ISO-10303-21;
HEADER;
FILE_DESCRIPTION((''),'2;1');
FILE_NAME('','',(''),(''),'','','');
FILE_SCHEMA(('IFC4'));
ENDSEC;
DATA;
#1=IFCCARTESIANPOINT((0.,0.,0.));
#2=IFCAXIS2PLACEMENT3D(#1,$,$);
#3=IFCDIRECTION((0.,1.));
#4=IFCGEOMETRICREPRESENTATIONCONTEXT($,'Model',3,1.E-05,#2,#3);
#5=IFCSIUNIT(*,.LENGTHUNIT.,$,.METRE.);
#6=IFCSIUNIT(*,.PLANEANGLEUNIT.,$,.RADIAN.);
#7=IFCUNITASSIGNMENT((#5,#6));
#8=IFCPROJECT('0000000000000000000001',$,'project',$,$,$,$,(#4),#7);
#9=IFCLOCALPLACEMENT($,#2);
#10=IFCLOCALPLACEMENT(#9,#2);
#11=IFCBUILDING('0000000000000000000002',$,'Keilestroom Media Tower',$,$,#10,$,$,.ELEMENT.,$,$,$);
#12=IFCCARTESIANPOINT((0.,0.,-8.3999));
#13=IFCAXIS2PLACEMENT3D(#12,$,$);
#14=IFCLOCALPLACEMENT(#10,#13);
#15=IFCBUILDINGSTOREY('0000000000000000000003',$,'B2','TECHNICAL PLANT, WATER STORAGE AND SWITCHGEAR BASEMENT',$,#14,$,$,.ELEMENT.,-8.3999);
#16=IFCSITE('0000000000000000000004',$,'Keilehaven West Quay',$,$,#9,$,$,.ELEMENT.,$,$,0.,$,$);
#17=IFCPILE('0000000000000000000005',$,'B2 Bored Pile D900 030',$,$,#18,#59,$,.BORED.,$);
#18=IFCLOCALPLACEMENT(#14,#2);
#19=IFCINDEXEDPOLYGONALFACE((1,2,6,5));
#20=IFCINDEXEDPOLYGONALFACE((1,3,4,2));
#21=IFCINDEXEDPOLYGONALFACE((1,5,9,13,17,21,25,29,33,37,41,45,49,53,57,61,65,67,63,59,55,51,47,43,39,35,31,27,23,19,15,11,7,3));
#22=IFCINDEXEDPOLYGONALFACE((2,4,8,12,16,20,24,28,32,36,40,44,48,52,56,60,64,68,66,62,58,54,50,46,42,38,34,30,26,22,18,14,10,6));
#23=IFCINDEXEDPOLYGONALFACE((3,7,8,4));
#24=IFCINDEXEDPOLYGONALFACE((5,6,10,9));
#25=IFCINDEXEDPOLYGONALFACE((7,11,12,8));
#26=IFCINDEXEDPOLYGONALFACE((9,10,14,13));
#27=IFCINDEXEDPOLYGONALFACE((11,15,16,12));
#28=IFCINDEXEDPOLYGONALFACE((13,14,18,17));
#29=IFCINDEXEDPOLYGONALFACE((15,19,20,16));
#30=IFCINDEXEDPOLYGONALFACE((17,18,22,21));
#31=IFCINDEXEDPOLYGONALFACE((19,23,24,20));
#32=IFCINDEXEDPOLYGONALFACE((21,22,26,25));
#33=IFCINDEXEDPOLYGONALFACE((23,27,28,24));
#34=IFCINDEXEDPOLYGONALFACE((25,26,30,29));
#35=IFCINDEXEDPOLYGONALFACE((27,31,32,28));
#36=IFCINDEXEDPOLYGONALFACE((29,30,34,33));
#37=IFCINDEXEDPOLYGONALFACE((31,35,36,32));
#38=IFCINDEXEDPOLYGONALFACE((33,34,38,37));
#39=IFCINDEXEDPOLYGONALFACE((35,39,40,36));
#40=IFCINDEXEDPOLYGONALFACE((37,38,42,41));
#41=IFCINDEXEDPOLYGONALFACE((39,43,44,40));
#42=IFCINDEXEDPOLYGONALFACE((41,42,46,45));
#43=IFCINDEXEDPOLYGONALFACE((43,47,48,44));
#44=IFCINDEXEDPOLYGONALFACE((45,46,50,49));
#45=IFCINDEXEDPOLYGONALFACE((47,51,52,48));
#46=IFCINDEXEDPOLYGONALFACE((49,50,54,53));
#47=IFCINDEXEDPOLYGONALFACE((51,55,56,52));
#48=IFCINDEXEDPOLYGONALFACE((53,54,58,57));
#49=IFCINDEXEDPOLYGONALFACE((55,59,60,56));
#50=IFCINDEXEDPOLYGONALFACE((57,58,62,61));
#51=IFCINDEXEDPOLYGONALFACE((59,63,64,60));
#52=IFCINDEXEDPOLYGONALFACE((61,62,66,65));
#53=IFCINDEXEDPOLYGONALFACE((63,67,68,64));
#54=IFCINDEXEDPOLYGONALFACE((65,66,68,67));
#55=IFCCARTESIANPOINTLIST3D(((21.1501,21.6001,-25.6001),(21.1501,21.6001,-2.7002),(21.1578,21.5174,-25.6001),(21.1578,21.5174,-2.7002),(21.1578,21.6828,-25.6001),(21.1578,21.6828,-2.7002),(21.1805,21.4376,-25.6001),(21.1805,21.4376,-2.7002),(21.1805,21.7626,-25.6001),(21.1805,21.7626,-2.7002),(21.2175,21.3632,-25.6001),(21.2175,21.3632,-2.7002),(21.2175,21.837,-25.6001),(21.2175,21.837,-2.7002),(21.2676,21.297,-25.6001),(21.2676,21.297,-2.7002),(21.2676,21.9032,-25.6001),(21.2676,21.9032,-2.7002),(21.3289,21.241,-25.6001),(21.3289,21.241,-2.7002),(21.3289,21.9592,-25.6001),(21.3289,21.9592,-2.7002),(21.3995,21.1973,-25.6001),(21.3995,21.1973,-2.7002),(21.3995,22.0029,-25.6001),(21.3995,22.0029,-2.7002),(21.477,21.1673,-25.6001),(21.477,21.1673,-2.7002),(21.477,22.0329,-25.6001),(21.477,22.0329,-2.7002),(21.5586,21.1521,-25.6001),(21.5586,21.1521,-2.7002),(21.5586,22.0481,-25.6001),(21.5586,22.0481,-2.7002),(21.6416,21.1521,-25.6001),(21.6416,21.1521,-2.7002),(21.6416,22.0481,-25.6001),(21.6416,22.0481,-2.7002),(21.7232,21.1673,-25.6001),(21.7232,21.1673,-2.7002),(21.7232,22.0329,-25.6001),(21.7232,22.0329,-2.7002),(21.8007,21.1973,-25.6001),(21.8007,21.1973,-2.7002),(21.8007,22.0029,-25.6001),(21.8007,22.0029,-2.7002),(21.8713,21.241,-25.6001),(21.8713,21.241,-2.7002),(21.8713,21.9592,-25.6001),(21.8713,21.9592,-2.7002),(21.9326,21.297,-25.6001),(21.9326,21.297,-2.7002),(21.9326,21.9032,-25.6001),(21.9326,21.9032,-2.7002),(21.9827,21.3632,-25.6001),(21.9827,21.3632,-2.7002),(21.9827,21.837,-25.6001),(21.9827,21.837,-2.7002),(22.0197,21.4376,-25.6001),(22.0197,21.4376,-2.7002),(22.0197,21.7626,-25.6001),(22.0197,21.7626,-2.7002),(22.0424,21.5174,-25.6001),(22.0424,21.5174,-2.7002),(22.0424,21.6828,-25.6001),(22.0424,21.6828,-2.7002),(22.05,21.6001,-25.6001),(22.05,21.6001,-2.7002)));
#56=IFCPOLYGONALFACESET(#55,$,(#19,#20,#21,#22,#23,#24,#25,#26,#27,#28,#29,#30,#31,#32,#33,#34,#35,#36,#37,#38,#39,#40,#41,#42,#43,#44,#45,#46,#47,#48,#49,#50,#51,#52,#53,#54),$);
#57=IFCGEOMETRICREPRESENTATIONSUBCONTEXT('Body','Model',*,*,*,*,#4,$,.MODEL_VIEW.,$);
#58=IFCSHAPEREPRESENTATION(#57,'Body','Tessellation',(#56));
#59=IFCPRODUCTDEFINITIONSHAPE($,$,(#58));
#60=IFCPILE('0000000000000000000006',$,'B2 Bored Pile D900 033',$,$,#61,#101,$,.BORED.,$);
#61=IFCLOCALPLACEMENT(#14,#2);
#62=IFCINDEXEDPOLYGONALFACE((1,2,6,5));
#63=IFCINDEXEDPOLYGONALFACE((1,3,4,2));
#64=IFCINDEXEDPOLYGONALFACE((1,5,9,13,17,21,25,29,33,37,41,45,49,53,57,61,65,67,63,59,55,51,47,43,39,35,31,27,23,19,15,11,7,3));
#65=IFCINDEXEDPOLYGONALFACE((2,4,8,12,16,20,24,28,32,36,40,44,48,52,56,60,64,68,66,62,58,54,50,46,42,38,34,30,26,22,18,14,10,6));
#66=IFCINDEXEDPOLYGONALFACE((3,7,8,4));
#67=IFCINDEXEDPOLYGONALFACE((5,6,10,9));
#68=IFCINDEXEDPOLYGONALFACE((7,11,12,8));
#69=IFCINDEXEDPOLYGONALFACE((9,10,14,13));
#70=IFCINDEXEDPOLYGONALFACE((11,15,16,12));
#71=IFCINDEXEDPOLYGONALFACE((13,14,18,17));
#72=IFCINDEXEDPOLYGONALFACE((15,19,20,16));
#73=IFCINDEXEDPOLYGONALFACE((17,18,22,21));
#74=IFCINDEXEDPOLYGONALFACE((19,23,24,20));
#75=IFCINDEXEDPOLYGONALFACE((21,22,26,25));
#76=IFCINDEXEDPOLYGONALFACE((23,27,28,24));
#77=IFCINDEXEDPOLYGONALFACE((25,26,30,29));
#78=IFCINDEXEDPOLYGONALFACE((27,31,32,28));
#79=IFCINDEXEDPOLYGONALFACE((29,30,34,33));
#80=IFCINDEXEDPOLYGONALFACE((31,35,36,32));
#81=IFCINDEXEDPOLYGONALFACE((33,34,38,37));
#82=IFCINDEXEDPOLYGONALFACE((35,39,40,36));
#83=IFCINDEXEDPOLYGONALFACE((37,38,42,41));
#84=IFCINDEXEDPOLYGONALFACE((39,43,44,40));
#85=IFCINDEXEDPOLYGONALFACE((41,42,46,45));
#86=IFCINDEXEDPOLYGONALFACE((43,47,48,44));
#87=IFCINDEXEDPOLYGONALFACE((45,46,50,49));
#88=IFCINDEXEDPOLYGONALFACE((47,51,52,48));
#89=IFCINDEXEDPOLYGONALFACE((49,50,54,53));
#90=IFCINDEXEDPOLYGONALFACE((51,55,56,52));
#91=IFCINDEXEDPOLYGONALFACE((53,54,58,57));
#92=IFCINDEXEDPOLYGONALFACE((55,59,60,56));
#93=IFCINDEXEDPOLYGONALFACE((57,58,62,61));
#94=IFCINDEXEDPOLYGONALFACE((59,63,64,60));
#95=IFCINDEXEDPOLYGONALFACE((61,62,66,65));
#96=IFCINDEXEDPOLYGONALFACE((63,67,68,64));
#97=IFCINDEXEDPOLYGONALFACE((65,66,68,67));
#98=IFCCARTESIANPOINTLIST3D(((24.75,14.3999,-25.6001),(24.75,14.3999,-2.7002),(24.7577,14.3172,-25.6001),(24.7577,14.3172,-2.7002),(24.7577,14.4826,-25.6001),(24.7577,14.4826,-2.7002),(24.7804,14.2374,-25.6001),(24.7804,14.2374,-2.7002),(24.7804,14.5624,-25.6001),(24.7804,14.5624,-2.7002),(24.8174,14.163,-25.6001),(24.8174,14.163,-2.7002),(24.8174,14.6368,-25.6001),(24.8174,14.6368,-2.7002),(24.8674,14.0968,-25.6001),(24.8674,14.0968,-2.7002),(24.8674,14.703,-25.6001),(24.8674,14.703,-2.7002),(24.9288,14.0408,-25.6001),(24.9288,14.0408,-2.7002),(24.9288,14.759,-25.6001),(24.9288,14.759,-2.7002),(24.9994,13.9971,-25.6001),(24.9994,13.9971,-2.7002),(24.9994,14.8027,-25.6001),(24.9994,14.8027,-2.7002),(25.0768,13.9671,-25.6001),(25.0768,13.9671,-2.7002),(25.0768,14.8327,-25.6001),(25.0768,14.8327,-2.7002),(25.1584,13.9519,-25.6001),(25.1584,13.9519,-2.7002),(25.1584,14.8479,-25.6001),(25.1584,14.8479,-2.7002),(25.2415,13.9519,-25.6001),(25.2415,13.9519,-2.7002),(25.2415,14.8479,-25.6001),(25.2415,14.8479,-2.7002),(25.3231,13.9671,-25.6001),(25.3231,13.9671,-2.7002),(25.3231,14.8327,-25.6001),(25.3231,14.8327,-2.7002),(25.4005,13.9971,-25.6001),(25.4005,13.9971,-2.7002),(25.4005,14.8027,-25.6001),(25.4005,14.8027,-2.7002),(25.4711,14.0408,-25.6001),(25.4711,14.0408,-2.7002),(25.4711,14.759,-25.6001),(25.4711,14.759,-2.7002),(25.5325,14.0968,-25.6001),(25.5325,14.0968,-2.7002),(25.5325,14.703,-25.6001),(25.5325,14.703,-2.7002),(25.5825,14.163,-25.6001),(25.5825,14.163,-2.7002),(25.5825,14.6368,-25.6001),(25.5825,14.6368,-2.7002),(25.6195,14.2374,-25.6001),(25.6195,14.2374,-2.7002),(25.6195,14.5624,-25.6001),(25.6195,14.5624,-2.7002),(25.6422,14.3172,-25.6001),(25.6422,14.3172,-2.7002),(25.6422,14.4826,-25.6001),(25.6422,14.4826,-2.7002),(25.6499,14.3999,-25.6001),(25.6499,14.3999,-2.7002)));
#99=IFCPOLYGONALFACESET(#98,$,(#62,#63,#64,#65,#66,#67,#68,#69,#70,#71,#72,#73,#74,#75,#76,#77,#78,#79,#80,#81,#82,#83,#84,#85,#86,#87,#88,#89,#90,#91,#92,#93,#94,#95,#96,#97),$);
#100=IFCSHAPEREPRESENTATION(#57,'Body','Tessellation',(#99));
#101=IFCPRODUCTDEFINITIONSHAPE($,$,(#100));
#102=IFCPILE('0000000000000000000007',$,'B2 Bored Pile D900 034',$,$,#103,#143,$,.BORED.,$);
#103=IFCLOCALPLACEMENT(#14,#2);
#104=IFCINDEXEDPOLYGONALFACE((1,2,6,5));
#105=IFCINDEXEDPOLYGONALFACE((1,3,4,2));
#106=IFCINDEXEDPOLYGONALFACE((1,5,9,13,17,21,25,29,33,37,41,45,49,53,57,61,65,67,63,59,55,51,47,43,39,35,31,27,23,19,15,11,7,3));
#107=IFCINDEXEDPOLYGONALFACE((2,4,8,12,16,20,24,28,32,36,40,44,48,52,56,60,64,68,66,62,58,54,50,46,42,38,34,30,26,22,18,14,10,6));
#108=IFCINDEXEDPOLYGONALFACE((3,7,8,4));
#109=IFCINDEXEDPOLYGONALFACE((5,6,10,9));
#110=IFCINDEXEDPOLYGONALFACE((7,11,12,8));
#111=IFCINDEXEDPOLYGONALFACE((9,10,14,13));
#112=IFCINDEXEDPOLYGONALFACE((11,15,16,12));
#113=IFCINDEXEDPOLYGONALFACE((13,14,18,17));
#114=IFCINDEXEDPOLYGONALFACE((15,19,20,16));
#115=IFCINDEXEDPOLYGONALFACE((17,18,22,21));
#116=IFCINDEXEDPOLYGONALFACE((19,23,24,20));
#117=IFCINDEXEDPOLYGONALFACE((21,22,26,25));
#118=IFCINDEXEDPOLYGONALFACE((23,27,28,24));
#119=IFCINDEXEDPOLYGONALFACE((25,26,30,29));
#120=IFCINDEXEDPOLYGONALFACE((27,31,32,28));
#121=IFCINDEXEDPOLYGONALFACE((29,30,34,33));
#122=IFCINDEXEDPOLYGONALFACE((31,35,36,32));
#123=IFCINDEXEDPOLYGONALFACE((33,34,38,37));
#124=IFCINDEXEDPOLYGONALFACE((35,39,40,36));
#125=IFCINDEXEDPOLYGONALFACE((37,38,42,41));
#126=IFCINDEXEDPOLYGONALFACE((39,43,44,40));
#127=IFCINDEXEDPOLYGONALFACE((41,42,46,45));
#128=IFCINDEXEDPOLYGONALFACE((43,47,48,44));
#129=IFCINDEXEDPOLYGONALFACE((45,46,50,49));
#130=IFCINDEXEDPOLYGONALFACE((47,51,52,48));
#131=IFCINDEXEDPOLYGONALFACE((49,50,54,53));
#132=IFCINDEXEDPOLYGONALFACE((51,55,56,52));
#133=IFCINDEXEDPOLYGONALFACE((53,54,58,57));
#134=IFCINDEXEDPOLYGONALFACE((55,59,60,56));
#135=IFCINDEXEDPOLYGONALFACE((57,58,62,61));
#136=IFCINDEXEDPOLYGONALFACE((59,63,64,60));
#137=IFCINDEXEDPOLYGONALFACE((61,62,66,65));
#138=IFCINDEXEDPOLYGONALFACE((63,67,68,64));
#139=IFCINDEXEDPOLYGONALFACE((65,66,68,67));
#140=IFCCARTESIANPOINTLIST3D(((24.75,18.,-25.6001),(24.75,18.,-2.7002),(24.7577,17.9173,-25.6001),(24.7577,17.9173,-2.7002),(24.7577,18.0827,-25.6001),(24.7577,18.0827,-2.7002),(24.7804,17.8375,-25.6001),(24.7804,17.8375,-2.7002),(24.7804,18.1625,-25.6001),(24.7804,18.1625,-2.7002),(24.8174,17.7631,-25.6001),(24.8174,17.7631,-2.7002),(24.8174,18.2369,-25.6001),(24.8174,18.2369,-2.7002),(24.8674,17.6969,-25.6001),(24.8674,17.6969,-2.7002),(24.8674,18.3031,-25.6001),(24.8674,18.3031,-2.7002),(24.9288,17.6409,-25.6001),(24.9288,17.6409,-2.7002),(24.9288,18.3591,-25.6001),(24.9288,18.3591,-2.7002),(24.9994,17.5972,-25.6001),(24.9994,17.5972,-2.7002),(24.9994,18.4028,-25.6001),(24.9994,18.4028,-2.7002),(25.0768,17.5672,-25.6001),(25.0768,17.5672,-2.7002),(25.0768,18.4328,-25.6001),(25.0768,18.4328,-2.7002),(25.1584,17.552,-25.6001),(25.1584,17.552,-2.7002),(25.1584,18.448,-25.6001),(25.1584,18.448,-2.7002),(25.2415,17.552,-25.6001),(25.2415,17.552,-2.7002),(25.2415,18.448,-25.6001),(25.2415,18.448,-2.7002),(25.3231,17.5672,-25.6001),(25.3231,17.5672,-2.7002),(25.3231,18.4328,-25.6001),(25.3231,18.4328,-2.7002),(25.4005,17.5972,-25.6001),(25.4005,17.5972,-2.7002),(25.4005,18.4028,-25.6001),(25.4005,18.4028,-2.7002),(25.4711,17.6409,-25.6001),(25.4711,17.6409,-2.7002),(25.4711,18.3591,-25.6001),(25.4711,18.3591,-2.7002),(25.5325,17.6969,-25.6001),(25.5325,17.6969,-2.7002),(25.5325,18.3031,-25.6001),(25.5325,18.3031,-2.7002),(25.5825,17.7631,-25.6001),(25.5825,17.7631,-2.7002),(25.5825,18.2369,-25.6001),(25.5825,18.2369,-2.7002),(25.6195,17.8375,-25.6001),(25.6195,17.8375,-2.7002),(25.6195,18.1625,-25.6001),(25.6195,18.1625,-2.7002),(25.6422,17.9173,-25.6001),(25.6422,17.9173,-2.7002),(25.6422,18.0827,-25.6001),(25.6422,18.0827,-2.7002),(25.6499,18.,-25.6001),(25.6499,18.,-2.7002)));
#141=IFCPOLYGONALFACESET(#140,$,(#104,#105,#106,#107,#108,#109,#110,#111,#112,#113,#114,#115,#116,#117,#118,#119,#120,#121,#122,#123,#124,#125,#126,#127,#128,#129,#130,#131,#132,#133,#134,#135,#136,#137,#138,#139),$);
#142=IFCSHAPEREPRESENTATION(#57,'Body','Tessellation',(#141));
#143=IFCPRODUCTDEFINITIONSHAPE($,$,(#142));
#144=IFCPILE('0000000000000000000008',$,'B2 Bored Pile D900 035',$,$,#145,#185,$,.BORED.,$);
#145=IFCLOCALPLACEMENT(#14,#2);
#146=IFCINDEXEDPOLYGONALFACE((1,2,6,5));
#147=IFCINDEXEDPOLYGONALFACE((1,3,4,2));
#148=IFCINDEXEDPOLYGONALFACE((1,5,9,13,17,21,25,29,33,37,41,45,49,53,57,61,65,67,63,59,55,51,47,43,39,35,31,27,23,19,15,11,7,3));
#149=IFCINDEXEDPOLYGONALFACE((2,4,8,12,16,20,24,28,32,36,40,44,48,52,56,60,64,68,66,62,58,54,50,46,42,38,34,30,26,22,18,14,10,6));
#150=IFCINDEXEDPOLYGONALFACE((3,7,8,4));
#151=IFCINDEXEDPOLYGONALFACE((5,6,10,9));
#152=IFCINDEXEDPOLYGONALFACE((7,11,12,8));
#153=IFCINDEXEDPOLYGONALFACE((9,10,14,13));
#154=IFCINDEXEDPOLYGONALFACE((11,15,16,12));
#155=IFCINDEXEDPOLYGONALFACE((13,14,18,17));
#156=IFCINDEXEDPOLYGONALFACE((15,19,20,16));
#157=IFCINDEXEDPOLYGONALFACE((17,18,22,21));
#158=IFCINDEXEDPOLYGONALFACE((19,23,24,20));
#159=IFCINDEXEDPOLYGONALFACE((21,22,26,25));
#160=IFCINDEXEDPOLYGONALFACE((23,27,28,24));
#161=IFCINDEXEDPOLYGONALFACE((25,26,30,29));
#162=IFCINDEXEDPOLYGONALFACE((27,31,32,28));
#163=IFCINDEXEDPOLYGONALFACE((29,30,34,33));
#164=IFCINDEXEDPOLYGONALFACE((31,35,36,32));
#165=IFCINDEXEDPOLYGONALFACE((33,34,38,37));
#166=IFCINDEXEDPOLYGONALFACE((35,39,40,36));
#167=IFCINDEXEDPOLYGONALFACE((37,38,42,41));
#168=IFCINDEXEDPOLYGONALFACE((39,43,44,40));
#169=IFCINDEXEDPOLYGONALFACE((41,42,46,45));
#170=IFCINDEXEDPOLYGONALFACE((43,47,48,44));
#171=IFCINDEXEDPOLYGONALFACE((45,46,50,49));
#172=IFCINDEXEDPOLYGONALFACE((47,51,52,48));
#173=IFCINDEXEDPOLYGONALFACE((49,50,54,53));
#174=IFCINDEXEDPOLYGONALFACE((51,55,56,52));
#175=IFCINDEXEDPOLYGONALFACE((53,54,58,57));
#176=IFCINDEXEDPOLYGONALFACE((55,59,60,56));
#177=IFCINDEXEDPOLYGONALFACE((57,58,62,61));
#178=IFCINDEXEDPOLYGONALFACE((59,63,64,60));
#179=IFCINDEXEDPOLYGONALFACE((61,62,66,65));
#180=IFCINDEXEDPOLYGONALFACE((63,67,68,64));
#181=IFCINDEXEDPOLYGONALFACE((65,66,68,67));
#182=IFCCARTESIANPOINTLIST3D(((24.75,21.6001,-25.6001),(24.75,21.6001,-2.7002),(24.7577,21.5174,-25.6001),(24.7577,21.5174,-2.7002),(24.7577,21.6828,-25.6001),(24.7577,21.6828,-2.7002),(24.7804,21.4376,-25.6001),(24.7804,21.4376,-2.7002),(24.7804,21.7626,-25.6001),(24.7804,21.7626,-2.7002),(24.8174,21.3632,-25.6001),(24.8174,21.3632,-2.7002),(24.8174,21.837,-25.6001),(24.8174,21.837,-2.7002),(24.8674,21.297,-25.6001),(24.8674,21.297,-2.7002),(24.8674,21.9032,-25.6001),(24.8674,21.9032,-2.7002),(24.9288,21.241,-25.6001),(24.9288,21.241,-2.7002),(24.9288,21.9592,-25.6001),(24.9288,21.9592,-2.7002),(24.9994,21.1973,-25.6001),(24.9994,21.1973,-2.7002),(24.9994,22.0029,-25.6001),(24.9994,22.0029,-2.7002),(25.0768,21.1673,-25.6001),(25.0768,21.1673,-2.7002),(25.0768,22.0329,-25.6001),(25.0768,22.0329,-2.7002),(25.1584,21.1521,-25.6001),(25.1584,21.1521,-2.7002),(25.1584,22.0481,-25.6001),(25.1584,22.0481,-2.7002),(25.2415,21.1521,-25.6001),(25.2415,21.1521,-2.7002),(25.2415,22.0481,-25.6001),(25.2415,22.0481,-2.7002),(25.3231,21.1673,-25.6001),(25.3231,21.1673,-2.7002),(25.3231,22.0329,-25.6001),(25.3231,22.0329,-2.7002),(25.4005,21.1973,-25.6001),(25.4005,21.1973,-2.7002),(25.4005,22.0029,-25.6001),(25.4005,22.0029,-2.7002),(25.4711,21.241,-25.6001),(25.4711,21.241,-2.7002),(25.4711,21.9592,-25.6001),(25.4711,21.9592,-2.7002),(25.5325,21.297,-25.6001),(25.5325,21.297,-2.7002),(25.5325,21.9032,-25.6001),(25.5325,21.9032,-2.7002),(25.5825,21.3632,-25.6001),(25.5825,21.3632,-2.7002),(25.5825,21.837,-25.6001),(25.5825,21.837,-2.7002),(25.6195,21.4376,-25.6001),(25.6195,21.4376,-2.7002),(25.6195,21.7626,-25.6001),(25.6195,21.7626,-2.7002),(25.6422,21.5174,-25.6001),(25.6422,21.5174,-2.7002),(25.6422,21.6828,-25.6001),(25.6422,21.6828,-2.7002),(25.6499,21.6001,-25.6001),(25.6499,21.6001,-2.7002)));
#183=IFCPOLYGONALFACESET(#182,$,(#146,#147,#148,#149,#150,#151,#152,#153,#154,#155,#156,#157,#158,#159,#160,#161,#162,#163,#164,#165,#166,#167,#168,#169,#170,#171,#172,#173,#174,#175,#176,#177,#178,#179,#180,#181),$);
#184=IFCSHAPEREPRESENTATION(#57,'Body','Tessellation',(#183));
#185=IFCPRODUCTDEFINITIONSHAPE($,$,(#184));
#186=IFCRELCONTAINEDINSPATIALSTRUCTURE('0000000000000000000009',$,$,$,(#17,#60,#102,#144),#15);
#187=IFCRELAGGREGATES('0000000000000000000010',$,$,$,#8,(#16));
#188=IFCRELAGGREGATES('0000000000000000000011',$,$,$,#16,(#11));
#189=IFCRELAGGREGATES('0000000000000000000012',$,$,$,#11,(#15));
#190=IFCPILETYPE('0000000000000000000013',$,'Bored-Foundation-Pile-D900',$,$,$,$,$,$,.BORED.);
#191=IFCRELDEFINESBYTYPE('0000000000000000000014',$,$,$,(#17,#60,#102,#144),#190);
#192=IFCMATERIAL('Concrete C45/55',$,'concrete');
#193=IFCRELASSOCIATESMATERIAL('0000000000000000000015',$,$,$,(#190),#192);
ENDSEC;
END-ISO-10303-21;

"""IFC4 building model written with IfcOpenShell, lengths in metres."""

from ifc_helpers import new_model, si_unit, direction, frame, origin, origin_2d, place, context, subcontext, project, spatial, circle, extrude, source, transform, mapped, material, material_profile, profile_set, type_object, element, save


model = new_model("IFC4")

# Units and contexts
model_context = context("Model", 3, precision=1e-05, world=origin(), true_north=direction((0.0, 1.0)))
body_context = subcontext(model_context, "Body", "Model", "MODEL_VIEW")
ifc_project = project(units=[si_unit("LENGTHUNIT", "METRE"), si_unit("PLANEANGLEUNIT", "RADIAN")], contexts=[model_context])

# Site, building, storey
site_placement = place(None, origin())
site = spatial("IfcSite", under=ifc_project, at=site_placement, Name="Keilehaven West Quay", CompositionType="ELEMENT", RefElevation=0.0)
building_placement = place(site_placement, origin())
building = spatial("IfcBuilding", under=site, at=building_placement, Name="Keilestroom Media Tower", CompositionType="ELEMENT")
storey_placement = place(building_placement, frame((0.0, 0.0, -8.3999)))
storey = spatial("IfcBuildingStorey", under=building, at=storey_placement, Name="B2", Description="TECHNICAL PLANT, WATER STORAGE AND SWITCHGEAR BASEMENT", CompositionType="ELEMENT", Elevation=-8.3999)

# Piles
ifc_material_1 = material(Name="Concrete C45/55", Category="concrete")
ifc_material_profile_1 = material_profile(ifc_material_1, circle(Radius=0.45, at=origin_2d()), Name="BORED PILE D900")
ifc_profile_set_1 = profile_set([ifc_material_profile_1], Name="Concrete C45/55")
pile_type_1 = type_object("IfcPileType", Name="Bored-Foundation-Pile-D900", PredefinedType="BORED", material=ifc_profile_set_1)
shared_shape_1 = source(origin(), body_context, "Body", "SweptSolid", [
    extrude(circle(Radius=0.45, at=origin_2d()), origin(), (0.0, 0.0, 1.0), 22.8999),
])
for number, where, z_axis, x_axis, name in (
    (1, (21.6001, 21.6001, -2.7002), (0.0, 0.0, -1.0), (1.0, 0.0, 0.0), "B2 Bored Pile D900 030"),
    (2, (25.2, 14.3999, -2.7002), (0.0, 0.0, -1.0), (1.0, 0.0, 0.0), "B2 Bored Pile D900 033"),
    (3, (25.2, 18.0, -2.7002), (0.0, 0.0, -1.0), (1.0, 0.0, 0.0), "B2 Bored Pile D900 034"),
    (4, (25.2, 21.6001, -2.7002), (0.0, 0.0, -1.0), (1.0, 0.0, 0.0), "B2 Bored Pile D900 035"),
):
    element("IfcPile", number, at=place(storey_placement, frame(where, z_axis=z_axis, x_axis=x_axis)), inside=storey, type_object=pile_type_1, Name=name, PredefinedType="BORED", context=body_context, shape_type="MappedRepresentation", body=[
        mapped(shared_shape_1, transform((0.0, 0.0, 0.0), x_axis=(1.0, 0.0, 0.0), y_axis=(0.0, 1.0, 0.0), z_axis=(0.0, 0.0, 1.0), scale=1.0)),
    ])

save(model, "model.ifc")
